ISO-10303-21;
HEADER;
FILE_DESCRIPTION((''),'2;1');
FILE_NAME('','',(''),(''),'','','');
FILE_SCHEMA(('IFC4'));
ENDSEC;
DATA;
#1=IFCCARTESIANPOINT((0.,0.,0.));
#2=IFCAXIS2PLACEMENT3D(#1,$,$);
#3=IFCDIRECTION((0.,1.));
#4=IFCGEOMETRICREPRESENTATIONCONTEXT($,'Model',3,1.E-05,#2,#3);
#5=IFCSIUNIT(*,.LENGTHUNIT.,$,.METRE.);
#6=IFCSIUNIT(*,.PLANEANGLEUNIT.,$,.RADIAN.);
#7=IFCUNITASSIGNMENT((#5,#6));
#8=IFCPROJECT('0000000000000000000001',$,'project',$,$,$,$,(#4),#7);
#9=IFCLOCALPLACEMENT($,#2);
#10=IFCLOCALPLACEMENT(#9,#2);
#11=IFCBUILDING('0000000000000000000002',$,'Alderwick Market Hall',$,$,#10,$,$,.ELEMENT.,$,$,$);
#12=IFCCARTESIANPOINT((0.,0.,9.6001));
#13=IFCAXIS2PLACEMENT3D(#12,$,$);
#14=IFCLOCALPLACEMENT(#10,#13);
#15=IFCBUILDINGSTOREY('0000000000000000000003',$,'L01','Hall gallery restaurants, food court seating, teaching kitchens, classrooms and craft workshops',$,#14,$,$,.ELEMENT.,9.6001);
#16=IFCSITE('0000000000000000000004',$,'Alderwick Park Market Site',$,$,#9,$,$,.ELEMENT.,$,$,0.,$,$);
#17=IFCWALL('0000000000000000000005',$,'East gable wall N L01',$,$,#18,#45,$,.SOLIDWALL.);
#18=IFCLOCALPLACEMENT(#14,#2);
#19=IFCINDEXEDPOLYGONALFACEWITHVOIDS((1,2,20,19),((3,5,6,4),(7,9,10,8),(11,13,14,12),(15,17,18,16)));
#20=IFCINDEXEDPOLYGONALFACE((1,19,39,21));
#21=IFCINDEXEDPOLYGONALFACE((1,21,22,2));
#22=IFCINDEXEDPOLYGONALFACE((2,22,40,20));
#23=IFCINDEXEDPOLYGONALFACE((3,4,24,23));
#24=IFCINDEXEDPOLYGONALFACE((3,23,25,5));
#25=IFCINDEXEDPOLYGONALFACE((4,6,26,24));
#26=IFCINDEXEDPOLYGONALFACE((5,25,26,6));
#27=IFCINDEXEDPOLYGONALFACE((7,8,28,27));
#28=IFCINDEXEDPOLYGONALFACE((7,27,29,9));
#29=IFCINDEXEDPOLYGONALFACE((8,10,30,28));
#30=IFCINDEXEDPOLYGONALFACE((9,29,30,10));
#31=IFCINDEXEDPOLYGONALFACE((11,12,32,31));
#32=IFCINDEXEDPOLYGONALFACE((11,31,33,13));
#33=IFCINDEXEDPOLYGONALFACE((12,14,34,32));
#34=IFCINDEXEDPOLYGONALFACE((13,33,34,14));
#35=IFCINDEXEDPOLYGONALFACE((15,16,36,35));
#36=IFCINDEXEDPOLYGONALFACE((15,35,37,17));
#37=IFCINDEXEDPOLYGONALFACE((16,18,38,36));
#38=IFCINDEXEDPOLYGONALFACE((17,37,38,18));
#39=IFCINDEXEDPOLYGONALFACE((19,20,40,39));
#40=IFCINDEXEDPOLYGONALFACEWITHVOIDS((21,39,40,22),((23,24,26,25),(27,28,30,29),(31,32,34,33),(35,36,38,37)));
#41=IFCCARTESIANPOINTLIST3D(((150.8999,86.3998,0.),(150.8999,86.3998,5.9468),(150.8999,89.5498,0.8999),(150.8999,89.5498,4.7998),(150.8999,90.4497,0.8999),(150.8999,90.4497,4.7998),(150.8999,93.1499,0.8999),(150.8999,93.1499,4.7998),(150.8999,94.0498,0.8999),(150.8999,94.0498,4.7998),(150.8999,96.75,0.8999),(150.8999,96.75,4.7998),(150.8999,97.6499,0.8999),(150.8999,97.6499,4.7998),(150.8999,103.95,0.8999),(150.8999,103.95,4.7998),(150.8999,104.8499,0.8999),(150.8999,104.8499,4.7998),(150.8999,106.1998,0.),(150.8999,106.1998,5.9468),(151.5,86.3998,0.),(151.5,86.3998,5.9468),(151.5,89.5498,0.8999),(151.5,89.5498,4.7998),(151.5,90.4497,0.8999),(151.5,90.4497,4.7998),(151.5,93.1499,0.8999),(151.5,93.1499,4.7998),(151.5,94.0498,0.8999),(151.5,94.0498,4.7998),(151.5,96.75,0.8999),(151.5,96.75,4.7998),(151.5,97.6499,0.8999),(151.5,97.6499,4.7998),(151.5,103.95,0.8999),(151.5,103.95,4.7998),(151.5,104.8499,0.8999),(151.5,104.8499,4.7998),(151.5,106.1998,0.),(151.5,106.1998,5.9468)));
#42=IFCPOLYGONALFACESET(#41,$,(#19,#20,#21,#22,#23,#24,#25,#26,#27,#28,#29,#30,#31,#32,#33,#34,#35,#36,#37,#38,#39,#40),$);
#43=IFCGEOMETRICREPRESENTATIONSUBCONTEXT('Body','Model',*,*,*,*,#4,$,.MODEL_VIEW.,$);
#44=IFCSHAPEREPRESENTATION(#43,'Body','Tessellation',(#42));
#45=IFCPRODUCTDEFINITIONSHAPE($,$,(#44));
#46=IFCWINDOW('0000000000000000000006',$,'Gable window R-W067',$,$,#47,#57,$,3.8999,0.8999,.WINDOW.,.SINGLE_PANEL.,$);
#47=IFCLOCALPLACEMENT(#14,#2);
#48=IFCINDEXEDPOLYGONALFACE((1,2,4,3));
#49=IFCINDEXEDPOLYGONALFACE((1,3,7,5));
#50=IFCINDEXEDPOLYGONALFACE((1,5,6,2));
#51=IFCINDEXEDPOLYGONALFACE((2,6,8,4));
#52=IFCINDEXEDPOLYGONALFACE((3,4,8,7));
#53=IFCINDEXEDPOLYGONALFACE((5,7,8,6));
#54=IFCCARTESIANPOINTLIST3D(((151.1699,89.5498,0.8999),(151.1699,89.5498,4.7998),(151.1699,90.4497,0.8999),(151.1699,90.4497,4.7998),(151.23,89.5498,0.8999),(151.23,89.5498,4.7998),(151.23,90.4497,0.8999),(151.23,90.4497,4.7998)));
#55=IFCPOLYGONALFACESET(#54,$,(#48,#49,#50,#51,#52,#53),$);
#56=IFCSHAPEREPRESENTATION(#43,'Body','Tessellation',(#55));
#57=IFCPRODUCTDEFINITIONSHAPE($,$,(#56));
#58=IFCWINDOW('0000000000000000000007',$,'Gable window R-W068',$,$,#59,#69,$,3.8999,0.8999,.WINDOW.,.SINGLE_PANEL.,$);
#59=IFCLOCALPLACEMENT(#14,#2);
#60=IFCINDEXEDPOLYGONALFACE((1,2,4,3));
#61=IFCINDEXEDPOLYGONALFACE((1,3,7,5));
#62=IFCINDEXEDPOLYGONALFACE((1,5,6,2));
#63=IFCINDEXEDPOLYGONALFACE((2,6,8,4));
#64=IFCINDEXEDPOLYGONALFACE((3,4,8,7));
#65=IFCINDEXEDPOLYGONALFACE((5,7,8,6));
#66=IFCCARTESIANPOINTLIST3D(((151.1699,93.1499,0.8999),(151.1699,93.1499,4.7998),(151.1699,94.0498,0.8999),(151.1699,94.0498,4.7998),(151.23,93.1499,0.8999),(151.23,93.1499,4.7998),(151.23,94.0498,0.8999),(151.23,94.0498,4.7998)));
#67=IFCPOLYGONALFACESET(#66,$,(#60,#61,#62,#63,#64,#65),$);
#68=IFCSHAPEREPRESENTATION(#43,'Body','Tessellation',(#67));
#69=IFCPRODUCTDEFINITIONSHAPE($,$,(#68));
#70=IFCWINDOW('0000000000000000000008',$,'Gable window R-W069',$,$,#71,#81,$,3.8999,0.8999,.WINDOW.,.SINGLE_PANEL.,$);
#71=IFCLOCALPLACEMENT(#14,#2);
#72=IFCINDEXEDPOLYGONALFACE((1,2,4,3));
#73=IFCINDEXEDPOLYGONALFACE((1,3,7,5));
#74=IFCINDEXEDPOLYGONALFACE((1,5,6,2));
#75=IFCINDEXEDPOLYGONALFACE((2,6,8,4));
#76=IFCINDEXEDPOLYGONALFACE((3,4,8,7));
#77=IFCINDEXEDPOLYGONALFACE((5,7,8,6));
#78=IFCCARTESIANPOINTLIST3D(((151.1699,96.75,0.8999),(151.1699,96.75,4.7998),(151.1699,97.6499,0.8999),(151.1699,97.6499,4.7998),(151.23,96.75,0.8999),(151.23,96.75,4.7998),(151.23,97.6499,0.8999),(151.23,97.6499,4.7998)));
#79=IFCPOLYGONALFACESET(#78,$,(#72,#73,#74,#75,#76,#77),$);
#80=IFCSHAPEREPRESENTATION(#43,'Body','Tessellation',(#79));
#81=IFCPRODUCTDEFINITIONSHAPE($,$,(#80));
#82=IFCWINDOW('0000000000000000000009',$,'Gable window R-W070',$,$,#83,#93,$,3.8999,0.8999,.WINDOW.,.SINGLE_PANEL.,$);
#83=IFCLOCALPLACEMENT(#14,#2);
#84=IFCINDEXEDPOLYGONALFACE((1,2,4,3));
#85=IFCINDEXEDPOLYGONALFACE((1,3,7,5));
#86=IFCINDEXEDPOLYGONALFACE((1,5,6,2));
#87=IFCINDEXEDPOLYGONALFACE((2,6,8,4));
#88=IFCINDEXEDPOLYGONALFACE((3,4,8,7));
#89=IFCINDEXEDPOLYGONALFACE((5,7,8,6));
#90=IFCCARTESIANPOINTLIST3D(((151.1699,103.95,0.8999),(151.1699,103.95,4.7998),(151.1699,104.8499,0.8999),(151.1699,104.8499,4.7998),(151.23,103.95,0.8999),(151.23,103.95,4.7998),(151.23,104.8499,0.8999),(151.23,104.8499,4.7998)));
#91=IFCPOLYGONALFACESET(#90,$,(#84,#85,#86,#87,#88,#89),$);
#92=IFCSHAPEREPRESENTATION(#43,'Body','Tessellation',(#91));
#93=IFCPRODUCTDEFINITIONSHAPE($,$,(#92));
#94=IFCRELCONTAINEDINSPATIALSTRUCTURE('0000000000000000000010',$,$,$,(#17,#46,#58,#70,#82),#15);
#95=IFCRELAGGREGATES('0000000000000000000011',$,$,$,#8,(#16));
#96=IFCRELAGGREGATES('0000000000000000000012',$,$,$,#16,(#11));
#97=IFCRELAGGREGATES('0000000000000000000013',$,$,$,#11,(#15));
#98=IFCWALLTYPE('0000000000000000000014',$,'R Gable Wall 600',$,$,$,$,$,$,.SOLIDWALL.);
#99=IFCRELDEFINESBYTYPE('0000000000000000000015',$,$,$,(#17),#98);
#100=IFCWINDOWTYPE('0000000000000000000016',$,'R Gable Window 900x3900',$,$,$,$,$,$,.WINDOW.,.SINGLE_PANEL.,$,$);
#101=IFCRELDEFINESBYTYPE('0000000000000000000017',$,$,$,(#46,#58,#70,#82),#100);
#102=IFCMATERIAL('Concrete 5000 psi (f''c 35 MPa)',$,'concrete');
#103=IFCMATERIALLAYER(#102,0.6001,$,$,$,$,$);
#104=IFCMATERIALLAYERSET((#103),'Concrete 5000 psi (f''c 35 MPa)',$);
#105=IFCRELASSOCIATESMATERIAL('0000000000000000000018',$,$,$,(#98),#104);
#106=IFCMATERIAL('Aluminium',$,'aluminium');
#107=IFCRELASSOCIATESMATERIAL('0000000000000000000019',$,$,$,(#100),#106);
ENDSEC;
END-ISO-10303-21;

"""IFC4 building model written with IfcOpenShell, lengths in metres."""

from ifc_helpers import new_model, si_unit, direction, frame, frame_2d, origin, place, context, subcontext, project, spatial, rectangle, extrude, material, layer, layer_set, type_object, element, fill, save


model = new_model("IFC4")

# Units and contexts
model_context = context("Model", 3, precision=1e-05, world=origin(), true_north=direction((0.0, 1.0)))
body_context = subcontext(model_context, "Body", "Model", "MODEL_VIEW")
ifc_project = project(units=[si_unit("LENGTHUNIT", "METRE"), si_unit("PLANEANGLEUNIT", "RADIAN")], contexts=[model_context])

# Site, building, storey
site_placement = place(None, origin())
site = spatial("IfcSite", under=ifc_project, at=site_placement, Name="Alderwick Park Market Site", CompositionType="ELEMENT", RefElevation=0.0)
building_placement = place(site_placement, origin())
building = spatial("IfcBuilding", under=site, at=building_placement, Name="Alderwick Market Hall", CompositionType="ELEMENT")
storey_placement = place(building_placement, frame((0.0, 0.0, 9.6001)))
storey = spatial("IfcBuildingStorey", under=building, at=storey_placement, Name="L01", Description="Hall gallery restaurants, food court seating, teaching kitchens, classrooms and craft workshops", CompositionType="ELEMENT", Elevation=9.6001)

# Shared definitions
ifc_material_1 = material(Name="Aluminium", Category="aluminium")

# Wall, openings, windows
ifc_material_2 = material(Name="Concrete 5000 psi (f'c 35 MPa)", Category="concrete")
ifc_layer_1 = layer(ifc_material_2, 0.6001)
ifc_layer_set_1 = layer_set([ifc_layer_1], Name="Concrete 5000 psi (f'c 35 MPa)")
wall_type = type_object("IfcWallType", Name="R Gable Wall 600", PredefinedType="SOLIDWALL", material=ifc_layer_set_1)
wall_placement = place(storey_placement, frame((151.2, 86.3999, 0.0), z_axis=(0.0, 0.0, 1.0), x_axis=(0.0, 1.0, 0.0)))
wall = element("IfcWall", 1, at=wall_placement, inside=storey, type_object=wall_type, Name="East gable wall N L01", PredefinedType="SOLIDWALL", context=body_context, shape_type="SweptSolid", body=[
    extrude(rectangle(XDim=19.8, YDim=0.6001, at=frame_2d((9.8999, 0.0))), origin(), (0.0, 0.0, 1.0), 5.9468),
])
opening_1_placement = place(wall_placement, frame((3.1499, 0.0, 0.8999)))
opening_1 = element("IfcOpeningElement", 2, at=opening_1_placement, cuts=wall, PredefinedType="OPENING", context=body_context, shape_type="SweptSolid", body=[
    extrude(rectangle(XDim=0.8999, YDim=3.8999, at=frame_2d((0.45, 1.95))), frame((0.0, 0.3101, 0.0), z_axis=(0.0, -1.0, 0.0), x_axis=(1.0, 0.0, 0.0)), (0.0, 0.0, 1.0), 0.6201),
])
opening_2_placement = place(wall_placement, frame((6.75, 0.0, 0.8999)))
opening_2 = element("IfcOpeningElement", 3, at=opening_2_placement, cuts=wall, PredefinedType="OPENING", context=body_context, shape_type="SweptSolid", body=[
    extrude(rectangle(XDim=0.8999, YDim=3.8999, at=frame_2d((0.45, 1.95))), frame((0.0, 0.3101, 0.0), z_axis=(0.0, -1.0, 0.0), x_axis=(1.0, 0.0, 0.0)), (0.0, 0.0, 1.0), 0.6201),
])
opening_3_placement = place(wall_placement, frame((10.3501, 0.0, 0.8999)))
opening_3 = element("IfcOpeningElement", 4, at=opening_3_placement, cuts=wall, PredefinedType="OPENING", context=body_context, shape_type="SweptSolid", body=[
    extrude(rectangle(XDim=0.8999, YDim=3.8999, at=frame_2d((0.45, 1.95))), frame((0.0, 0.3101, 0.0), z_axis=(0.0, -1.0, 0.0), x_axis=(1.0, 0.0, 0.0)), (0.0, 0.0, 1.0), 0.6201),
])
opening_4_placement = place(wall_placement, frame((17.55, 0.0, 0.8999)))
opening_4 = element("IfcOpeningElement", 5, at=opening_4_placement, cuts=wall, PredefinedType="OPENING", context=body_context, shape_type="SweptSolid", body=[
    extrude(rectangle(XDim=0.8999, YDim=3.8999, at=frame_2d((0.45, 1.95))), frame((0.0, 0.3101, 0.0), z_axis=(0.0, -1.0, 0.0), x_axis=(1.0, 0.0, 0.0)), (0.0, 0.0, 1.0), 0.6201),
])
window_type = type_object("IfcWindowType", Name="R Gable Window 900x3900", PartitioningType="SINGLE_PANEL", PredefinedType="WINDOW", material=ifc_material_1)
window_1_placement = place(opening_1_placement, origin())
window_1 = element("IfcWindow", 6, at=window_1_placement, inside=storey, type_object=window_type, Name="Gable window R-W067", OverallHeight=3.8999, OverallWidth=0.8999, PartitioningType="SINGLE_PANEL", PredefinedType="WINDOW", context=body_context, shape_type="SweptSolid", body=[
    extrude(rectangle(XDim=0.8999, YDim=3.8999, at=frame_2d((0.45, 1.95))), frame((0.0, 0.03, 0.0), z_axis=(0.0, -1.0, 0.0), x_axis=(1.0, 0.0, 0.0)), (0.0, 0.0, 1.0), 0.0601),
])
fill(opening_1, window_1)
window_2_placement = place(opening_2_placement, origin())
window_2 = element("IfcWindow", 7, at=window_2_placement, inside=storey, type_object=window_type, Name="Gable window R-W068", OverallHeight=3.8999, OverallWidth=0.8999, PartitioningType="SINGLE_PANEL", PredefinedType="WINDOW", context=body_context, shape_type="SweptSolid", body=[
    extrude(rectangle(XDim=0.8999, YDim=3.8999, at=frame_2d((0.45, 1.95))), frame((0.0, 0.03, 0.0), z_axis=(0.0, -1.0, 0.0), x_axis=(1.0, 0.0, 0.0)), (0.0, 0.0, 1.0), 0.0601),
])
fill(opening_2, window_2)
window_3_placement = place(opening_3_placement, origin())
window_3 = element("IfcWindow", 8, at=window_3_placement, inside=storey, type_object=window_type, Name="Gable window R-W069", OverallHeight=3.8999, OverallWidth=0.8999, PartitioningType="SINGLE_PANEL", PredefinedType="WINDOW", context=body_context, shape_type="SweptSolid", body=[
    extrude(rectangle(XDim=0.8999, YDim=3.8999, at=frame_2d((0.45, 1.95))), frame((0.0, 0.03, 0.0), z_axis=(0.0, -1.0, 0.0), x_axis=(1.0, 0.0, 0.0)), (0.0, 0.0, 1.0), 0.0601),
])
fill(opening_3, window_3)
window_4_placement = place(opening_4_placement, origin())
window_4 = element("IfcWindow", 9, at=window_4_placement, inside=storey, type_object=window_type, Name="Gable window R-W070", OverallHeight=3.8999, OverallWidth=0.8999, PartitioningType="SINGLE_PANEL", PredefinedType="WINDOW", context=body_context, shape_type="SweptSolid", body=[
    extrude(rectangle(XDim=0.8999, YDim=3.8999, at=frame_2d((0.45, 1.95))), frame((0.0, 0.03, 0.0), z_axis=(0.0, -1.0, 0.0), x_axis=(1.0, 0.0, 0.0)), (0.0, 0.0, 1.0), 0.0601),
])
fill(opening_4, window_4)

save(model, "model.ifc")
